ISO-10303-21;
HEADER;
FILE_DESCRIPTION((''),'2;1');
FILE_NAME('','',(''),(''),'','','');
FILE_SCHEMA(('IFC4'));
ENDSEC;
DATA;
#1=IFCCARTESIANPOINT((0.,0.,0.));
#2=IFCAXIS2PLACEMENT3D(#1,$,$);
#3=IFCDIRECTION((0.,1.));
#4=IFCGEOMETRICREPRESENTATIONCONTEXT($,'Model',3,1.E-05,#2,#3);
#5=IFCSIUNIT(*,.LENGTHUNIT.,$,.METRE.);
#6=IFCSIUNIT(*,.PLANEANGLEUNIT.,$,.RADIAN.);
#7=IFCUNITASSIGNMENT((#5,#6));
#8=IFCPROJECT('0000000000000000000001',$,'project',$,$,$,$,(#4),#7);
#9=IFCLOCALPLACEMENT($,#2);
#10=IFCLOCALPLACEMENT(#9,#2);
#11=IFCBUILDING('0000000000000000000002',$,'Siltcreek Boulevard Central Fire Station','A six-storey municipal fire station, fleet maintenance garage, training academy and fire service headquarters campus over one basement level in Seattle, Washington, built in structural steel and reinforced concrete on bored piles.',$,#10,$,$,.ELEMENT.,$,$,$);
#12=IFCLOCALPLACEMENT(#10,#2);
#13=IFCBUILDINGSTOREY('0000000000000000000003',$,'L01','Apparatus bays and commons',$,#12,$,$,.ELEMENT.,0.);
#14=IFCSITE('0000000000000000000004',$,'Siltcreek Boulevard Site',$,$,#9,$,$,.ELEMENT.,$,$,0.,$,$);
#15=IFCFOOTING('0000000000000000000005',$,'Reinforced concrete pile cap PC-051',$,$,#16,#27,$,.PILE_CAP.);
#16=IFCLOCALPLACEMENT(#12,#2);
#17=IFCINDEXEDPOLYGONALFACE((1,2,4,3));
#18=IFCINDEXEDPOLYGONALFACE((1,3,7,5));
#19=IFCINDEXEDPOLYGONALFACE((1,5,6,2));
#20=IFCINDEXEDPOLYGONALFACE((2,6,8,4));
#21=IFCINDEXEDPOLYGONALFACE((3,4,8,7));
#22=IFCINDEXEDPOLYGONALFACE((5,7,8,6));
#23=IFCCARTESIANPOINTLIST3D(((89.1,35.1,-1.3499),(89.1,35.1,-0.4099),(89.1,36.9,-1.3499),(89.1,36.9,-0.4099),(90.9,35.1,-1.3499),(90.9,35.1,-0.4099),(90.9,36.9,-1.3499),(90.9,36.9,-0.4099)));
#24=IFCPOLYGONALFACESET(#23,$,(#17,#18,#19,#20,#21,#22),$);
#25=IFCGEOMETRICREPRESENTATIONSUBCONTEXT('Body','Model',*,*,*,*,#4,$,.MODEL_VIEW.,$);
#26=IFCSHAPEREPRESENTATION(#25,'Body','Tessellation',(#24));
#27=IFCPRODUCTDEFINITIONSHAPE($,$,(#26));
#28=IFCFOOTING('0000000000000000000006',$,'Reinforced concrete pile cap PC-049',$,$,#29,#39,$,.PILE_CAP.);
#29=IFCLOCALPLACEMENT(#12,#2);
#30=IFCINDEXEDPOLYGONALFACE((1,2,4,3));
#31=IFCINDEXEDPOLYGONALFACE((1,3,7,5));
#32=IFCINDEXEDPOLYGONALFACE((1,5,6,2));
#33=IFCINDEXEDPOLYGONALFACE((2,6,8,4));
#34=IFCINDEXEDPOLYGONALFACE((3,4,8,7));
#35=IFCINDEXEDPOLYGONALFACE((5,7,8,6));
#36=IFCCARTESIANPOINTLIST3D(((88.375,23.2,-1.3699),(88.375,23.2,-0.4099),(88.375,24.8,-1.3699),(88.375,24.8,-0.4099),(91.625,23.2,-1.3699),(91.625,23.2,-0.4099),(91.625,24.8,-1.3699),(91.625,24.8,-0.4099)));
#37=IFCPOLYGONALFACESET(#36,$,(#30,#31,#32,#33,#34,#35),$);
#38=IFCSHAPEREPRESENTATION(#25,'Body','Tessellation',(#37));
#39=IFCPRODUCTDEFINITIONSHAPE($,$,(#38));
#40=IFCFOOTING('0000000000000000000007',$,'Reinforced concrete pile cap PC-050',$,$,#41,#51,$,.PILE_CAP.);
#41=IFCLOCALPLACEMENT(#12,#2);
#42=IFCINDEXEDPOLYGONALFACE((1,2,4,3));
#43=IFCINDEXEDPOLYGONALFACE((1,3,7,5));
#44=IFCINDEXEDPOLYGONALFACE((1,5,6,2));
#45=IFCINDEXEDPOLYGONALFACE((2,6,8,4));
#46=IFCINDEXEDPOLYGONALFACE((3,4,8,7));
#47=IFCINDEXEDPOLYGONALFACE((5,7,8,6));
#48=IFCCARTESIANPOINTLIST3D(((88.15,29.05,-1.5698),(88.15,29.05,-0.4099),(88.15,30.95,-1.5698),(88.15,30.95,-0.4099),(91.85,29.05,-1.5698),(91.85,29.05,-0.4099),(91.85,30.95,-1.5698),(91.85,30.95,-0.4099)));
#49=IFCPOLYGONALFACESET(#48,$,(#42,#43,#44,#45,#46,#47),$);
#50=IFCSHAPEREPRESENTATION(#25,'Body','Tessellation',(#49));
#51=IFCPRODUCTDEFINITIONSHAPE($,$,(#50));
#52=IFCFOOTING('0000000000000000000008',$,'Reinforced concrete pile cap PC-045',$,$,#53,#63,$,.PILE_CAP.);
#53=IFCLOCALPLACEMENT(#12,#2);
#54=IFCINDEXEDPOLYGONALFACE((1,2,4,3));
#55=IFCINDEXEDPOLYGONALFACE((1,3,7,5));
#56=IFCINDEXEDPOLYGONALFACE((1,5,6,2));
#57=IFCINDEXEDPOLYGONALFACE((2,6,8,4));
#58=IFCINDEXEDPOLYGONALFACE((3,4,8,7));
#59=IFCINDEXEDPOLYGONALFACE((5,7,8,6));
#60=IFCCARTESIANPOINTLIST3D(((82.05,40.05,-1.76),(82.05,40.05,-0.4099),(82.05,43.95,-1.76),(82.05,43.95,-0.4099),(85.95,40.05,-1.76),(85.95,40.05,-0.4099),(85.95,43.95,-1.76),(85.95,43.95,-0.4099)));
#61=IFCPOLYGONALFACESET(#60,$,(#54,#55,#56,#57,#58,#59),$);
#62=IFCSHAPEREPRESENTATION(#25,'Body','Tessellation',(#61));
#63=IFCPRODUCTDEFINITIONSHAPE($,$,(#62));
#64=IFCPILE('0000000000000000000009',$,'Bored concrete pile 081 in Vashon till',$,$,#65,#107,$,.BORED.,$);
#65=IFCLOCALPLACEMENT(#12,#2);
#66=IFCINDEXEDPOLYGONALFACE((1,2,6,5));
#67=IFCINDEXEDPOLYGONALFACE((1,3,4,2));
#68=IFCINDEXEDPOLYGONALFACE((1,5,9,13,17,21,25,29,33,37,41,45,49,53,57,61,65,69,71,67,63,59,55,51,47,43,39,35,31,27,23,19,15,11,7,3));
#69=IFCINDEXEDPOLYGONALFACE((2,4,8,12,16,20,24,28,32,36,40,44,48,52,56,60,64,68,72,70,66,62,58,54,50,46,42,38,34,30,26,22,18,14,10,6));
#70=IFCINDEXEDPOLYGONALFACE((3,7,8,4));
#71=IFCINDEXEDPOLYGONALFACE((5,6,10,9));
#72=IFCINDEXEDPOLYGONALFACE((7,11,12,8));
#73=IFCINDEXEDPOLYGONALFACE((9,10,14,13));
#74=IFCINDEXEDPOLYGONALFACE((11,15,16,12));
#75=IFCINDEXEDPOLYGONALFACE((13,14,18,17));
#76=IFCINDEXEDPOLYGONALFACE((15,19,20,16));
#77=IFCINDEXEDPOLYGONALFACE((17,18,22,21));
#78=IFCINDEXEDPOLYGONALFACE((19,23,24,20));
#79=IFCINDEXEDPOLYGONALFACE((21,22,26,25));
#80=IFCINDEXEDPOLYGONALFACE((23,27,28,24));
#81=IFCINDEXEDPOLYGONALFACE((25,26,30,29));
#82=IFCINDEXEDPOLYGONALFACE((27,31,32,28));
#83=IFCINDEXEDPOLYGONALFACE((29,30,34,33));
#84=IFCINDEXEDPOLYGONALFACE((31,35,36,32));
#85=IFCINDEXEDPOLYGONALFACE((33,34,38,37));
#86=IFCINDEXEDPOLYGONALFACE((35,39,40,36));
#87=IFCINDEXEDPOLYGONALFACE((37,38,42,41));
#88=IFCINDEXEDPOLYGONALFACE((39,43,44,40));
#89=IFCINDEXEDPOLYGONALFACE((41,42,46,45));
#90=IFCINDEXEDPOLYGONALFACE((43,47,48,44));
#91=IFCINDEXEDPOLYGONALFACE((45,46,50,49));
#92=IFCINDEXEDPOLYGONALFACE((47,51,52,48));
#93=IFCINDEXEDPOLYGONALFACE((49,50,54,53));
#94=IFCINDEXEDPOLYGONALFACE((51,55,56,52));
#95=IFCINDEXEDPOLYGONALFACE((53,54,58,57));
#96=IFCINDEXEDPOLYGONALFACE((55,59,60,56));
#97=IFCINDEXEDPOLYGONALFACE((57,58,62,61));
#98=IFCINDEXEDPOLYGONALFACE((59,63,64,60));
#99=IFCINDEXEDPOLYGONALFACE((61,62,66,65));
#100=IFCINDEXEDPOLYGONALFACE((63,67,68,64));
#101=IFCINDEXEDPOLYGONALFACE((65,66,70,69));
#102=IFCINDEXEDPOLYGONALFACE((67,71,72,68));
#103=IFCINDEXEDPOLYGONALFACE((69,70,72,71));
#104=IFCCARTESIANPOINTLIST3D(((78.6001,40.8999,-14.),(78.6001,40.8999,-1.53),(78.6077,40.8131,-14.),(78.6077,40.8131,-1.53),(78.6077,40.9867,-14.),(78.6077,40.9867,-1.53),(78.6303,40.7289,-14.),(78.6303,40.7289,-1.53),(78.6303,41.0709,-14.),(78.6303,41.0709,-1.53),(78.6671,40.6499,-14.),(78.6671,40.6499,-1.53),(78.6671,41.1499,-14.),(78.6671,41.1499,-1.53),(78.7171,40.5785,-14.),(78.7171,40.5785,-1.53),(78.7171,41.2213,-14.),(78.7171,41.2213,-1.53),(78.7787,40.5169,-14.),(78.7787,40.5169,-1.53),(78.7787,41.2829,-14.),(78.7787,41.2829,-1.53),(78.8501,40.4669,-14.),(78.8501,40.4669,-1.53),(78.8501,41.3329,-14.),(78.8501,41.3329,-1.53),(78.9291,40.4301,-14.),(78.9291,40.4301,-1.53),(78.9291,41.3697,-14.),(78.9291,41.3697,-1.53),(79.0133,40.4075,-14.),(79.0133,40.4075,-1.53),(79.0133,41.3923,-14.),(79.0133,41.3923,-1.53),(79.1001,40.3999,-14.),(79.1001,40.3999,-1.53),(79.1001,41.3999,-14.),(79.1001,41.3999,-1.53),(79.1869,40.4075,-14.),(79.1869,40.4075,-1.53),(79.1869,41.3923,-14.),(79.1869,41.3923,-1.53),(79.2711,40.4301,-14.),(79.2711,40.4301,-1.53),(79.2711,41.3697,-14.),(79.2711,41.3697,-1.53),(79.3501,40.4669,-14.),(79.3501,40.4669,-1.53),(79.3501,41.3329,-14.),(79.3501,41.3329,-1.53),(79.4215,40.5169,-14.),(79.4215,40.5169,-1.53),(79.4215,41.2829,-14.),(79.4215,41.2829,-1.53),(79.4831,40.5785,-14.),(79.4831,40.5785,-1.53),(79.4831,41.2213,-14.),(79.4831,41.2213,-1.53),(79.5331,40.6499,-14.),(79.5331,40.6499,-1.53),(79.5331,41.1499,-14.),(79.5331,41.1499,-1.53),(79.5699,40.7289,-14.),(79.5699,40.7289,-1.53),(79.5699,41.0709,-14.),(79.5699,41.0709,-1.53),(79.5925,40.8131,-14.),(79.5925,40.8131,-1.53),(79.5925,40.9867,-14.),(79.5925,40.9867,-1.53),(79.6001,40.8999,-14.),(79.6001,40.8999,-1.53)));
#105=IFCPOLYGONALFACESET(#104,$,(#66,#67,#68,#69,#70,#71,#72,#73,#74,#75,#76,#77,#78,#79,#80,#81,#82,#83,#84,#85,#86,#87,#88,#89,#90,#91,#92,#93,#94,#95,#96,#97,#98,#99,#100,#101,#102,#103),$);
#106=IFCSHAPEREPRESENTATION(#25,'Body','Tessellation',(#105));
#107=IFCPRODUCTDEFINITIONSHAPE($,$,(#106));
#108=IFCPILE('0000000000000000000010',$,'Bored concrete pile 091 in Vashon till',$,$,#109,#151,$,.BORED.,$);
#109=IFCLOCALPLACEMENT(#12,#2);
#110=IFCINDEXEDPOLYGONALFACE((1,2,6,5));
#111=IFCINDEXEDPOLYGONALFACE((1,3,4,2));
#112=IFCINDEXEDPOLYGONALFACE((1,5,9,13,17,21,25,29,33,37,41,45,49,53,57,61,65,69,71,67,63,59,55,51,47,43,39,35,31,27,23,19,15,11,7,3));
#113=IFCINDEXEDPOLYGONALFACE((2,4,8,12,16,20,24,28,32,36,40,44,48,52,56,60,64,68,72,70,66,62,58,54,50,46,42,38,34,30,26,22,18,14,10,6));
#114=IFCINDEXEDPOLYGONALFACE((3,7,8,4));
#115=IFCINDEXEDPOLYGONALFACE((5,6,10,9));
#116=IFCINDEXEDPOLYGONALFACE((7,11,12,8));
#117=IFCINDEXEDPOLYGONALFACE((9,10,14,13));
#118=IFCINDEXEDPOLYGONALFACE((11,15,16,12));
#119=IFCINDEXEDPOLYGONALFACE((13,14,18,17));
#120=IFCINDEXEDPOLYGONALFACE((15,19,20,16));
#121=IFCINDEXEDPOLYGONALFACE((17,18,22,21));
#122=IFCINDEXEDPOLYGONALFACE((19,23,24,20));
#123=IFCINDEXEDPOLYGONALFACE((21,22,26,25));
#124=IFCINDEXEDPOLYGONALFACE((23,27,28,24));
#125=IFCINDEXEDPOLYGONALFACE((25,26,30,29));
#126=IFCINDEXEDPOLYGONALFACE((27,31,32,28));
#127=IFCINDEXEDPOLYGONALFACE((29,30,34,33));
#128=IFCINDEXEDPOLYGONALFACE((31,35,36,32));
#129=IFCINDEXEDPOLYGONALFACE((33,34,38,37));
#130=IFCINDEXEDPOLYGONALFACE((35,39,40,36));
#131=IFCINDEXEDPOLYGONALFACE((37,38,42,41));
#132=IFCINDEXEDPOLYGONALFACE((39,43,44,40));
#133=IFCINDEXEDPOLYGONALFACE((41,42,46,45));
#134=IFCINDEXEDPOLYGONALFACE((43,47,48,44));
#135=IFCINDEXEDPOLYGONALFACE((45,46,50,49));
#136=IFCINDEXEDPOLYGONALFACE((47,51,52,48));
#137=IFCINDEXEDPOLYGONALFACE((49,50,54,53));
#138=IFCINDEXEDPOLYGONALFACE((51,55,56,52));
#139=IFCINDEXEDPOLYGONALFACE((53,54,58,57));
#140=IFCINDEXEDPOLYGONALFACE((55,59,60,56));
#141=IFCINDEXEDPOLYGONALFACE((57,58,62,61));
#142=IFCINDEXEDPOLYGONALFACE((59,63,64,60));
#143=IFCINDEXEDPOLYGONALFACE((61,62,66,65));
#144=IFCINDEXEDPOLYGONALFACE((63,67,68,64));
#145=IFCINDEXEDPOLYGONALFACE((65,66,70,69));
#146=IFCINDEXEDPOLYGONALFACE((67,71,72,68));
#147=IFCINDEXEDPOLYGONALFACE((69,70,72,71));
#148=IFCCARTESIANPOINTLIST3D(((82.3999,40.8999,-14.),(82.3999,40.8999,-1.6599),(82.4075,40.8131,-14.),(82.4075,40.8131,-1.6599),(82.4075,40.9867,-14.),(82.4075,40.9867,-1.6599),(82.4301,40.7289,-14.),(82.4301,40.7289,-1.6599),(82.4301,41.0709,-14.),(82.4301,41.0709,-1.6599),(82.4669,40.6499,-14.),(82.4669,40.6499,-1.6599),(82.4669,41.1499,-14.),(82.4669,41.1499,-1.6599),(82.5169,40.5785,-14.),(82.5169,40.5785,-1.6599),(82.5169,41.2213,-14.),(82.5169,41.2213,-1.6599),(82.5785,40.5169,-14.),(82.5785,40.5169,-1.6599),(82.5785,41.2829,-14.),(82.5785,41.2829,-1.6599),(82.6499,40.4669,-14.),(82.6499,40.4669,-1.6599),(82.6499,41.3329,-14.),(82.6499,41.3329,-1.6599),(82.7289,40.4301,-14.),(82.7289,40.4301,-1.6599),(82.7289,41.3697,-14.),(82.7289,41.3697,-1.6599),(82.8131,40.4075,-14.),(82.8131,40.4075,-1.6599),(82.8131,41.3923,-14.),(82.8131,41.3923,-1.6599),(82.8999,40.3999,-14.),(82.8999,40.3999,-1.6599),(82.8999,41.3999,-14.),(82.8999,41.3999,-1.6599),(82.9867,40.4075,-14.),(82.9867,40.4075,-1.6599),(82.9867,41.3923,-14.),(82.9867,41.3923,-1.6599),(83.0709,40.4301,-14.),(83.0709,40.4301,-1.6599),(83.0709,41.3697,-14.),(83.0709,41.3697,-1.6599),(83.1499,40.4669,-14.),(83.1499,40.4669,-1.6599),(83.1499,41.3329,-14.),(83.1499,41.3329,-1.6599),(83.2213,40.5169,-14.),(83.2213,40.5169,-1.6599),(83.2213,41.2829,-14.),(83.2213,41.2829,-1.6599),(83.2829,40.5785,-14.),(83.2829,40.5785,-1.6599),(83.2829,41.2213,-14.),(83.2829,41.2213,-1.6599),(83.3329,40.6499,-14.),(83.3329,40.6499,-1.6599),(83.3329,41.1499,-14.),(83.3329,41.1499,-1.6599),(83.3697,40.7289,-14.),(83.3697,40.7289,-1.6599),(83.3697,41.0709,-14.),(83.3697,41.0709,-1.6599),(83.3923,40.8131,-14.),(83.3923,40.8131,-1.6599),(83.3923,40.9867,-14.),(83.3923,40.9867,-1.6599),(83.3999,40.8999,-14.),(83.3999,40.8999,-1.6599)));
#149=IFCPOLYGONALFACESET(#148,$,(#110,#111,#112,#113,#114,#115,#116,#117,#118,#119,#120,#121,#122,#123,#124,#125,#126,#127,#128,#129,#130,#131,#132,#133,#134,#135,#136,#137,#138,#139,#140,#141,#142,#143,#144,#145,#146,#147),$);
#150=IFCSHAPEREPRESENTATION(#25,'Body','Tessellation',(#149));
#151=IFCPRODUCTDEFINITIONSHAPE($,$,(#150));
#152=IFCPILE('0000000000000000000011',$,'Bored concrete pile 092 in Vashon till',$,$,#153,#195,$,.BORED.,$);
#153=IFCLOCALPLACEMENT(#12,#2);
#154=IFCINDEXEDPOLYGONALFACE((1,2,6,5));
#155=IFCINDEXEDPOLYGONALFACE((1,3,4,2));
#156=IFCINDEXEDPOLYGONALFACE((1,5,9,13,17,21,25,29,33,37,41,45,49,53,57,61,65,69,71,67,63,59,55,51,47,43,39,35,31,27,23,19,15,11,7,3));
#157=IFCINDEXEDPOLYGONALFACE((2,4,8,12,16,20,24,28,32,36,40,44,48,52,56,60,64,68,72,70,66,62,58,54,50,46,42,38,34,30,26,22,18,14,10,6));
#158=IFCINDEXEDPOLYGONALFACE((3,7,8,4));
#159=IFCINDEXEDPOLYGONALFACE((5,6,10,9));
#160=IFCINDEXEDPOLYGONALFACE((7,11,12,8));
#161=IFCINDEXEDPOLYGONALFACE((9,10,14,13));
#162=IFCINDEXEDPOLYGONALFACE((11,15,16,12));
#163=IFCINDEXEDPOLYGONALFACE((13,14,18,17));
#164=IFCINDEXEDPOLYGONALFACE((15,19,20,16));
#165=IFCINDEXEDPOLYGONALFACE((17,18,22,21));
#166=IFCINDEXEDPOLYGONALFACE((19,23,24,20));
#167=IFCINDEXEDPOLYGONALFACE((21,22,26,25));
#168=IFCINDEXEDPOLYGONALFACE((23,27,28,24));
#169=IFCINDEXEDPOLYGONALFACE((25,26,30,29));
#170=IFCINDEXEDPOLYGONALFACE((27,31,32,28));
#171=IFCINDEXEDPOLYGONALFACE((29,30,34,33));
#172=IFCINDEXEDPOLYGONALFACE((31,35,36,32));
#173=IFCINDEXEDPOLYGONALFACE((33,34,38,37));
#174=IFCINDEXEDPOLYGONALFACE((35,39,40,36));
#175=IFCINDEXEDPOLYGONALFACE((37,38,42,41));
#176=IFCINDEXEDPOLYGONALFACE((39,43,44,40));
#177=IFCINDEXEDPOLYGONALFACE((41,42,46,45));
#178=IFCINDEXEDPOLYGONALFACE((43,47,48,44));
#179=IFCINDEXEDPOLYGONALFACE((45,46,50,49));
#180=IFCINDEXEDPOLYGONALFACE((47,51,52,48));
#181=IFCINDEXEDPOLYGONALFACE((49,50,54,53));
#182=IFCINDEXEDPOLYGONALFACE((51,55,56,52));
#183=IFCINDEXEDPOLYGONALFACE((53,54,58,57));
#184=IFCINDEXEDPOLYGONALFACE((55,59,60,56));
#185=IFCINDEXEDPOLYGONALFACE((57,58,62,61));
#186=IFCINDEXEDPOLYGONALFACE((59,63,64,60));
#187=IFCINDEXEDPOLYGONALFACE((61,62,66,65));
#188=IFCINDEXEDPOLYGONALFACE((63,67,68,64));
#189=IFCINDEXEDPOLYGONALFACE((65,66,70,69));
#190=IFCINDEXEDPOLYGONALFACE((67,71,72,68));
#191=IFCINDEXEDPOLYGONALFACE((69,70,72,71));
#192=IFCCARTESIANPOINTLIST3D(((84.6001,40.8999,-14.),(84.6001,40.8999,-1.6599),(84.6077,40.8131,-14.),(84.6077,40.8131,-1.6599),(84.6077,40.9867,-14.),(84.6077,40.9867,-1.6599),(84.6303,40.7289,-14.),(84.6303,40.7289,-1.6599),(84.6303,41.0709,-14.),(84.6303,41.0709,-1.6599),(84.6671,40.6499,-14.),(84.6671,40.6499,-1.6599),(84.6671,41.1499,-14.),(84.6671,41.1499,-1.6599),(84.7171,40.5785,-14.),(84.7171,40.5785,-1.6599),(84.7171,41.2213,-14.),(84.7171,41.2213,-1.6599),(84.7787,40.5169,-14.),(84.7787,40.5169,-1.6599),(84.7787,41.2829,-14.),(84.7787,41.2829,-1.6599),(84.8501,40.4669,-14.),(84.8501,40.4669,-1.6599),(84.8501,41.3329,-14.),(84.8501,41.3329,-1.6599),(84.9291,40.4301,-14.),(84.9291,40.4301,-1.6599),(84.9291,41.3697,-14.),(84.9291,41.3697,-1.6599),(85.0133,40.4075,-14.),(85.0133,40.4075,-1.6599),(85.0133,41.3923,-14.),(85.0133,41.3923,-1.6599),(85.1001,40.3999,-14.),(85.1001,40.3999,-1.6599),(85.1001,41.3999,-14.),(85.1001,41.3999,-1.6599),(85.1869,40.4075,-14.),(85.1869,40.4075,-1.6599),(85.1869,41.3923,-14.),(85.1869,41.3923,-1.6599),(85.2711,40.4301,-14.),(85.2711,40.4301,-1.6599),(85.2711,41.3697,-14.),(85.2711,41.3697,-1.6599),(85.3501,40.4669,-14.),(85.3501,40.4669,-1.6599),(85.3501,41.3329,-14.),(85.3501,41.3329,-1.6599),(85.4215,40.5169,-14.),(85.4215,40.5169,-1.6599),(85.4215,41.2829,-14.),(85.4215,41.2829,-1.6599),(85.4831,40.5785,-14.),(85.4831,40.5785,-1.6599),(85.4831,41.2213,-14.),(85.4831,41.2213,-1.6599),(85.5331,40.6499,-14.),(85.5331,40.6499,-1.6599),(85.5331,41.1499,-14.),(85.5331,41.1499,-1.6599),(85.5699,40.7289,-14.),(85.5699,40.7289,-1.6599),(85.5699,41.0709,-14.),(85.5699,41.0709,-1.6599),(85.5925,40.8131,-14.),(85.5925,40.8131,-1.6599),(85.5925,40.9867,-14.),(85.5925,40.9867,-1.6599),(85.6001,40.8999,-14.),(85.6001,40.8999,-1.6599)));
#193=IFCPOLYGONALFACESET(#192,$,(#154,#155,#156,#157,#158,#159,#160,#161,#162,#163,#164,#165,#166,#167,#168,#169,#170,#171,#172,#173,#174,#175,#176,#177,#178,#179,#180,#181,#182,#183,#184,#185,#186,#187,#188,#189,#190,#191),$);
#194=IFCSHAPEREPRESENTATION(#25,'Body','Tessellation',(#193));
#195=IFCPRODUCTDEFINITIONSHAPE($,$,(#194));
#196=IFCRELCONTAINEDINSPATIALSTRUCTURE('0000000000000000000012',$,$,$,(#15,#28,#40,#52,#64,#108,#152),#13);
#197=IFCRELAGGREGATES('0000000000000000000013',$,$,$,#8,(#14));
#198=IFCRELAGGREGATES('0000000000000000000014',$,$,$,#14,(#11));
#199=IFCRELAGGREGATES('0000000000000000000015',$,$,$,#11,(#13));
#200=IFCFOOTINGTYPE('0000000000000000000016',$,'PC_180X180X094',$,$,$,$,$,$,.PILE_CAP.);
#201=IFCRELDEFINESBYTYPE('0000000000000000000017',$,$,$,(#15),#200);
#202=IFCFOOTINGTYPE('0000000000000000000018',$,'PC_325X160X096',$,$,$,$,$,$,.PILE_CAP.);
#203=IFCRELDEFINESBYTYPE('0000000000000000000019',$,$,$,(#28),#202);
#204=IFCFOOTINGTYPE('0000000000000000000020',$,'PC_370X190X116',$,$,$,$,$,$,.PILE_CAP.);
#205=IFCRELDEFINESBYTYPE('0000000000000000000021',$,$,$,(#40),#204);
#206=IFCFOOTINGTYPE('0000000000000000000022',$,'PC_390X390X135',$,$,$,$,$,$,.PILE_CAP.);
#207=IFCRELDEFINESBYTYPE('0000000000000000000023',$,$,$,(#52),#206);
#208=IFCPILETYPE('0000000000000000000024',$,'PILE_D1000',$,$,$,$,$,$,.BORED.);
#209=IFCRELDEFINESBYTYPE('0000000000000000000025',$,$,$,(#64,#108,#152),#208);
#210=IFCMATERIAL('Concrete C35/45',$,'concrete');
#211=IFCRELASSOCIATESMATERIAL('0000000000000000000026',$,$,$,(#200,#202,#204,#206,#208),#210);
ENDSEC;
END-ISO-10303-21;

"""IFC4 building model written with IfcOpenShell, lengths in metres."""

from ifc_helpers import new_model, si_unit, direction, frame, origin, origin_2d, place, context, subcontext, project, spatial, rectangle, circle, extrude, material, material_profile, profile_set, type_object, element, save


model = new_model("IFC4")

# Units and contexts
model_context = context("Model", 3, precision=1e-05, world=origin(), true_north=direction((0.0, 1.0)))
body_context = subcontext(model_context, "Body", "Model", "MODEL_VIEW")
ifc_project = project(units=[si_unit("LENGTHUNIT", "METRE"), si_unit("PLANEANGLEUNIT", "RADIAN")], contexts=[model_context])

# Site, building, storey
site_placement = place(None, origin())
site = spatial("IfcSite", under=ifc_project, at=site_placement, Name="Siltcreek Boulevard Site", CompositionType="ELEMENT", RefElevation=0.0)
building_placement = place(site_placement, origin())
building = spatial("IfcBuilding", under=site, at=building_placement, Name="Siltcreek Boulevard Central Fire Station", Description="A six-storey municipal fire station, fleet maintenance garage, training academy and fire service headquarters campus over one basement level in Seattle, Washington, built in structural steel and reinforced concrete on bored piles.", CompositionType="ELEMENT")
storey_placement = place(building_placement, origin())
storey = spatial("IfcBuildingStorey", under=building, at=storey_placement, Name="L01", Description="Apparatus bays and commons", CompositionType="ELEMENT", Elevation=0.0)

# Footings
ifc_material_1 = material(Name="Concrete C35/45", Category="concrete")
footing_type_1 = type_object("IfcFootingType", Name="PC_180X180X094", PredefinedType="PILE_CAP", material=ifc_material_1)
footing_1_placement = place(storey_placement, frame((90.0, 36.0, -1.3499), z_axis=(0.0, 0.0, 1.0), x_axis=(1.0, 0.0, 0.0)))
element("IfcFooting", 1, at=footing_1_placement, inside=storey, type_object=footing_type_1, Name="Reinforced concrete pile cap PC-051", PredefinedType="PILE_CAP", context=body_context, shape_type="SweptSolid", body=[
    extrude(rectangle(XDim=1.8, YDim=1.8, at=origin_2d()), origin(), (0.0, 0.0, 1.0), 0.9399),
])
footing_type_2 = type_object("IfcFootingType", Name="PC_325X160X096", PredefinedType="PILE_CAP", material=ifc_material_1)
footing_2_placement = place(storey_placement, frame((90.0, 24.0, -1.3699), z_axis=(0.0, 0.0, 1.0), x_axis=(1.0, 0.0, 0.0)))
element("IfcFooting", 2, at=footing_2_placement, inside=storey, type_object=footing_type_2, Name="Reinforced concrete pile cap PC-049", PredefinedType="PILE_CAP", context=body_context, shape_type="SweptSolid", body=[
    extrude(rectangle(XDim=3.25, YDim=1.6001, at=origin_2d()), origin(), (0.0, 0.0, 1.0), 0.96),
])
footing_type_3 = type_object("IfcFootingType", Name="PC_370X190X116", PredefinedType="PILE_CAP", material=ifc_material_1)
footing_3_placement = place(storey_placement, frame((90.0, 30.0, -1.5698), z_axis=(0.0, 0.0, 1.0), x_axis=(1.0, 0.0, 0.0)))
element("IfcFooting", 3, at=footing_3_placement, inside=storey, type_object=footing_type_3, Name="Reinforced concrete pile cap PC-050", PredefinedType="PILE_CAP", context=body_context, shape_type="SweptSolid", body=[
    extrude(rectangle(XDim=3.7, YDim=1.8999, at=origin_2d()), origin(), (0.0, 0.0, 1.0), 1.1599),
])
footing_type_4 = type_object("IfcFootingType", Name="PC_390X390X135", PredefinedType="PILE_CAP", material=ifc_material_1)
footing_4_placement = place(storey_placement, frame((84.0, 42.0, -1.76), z_axis=(0.0, 0.0, 1.0), x_axis=(1.0, 0.0, 0.0)))
element("IfcFooting", 4, at=footing_4_placement, inside=storey, type_object=footing_type_4, Name="Reinforced concrete pile cap PC-045", PredefinedType="PILE_CAP", context=body_context, shape_type="SweptSolid", body=[
    extrude(rectangle(XDim=3.8999, YDim=3.8999, at=origin_2d()), origin(), (0.0, 0.0, 1.0), 1.3501),
])

# Piles
ifc_material_profile_1 = material_profile(ifc_material_1, circle(Radius=0.5, at=origin_2d()), Name="SHAFT1000")
ifc_profile_set_1 = profile_set([ifc_material_profile_1], Name="Concrete C35/45")
pile_type_1 = type_object("IfcPileType", Name="PILE_D1000", PredefinedType="BORED", material=ifc_profile_set_1)
pile_1_placement = place(storey_placement, frame((79.1001, 40.8999, -1.53), z_axis=(0.0, 0.0, -1.0), x_axis=(1.0, 0.0, 0.0)))
element("IfcPile", 5, at=pile_1_placement, inside=storey, type_object=pile_type_1, Name="Bored concrete pile 081 in Vashon till", PredefinedType="BORED", context=body_context, shape_type="SweptSolid", body=[
    extrude(circle(Radius=0.5, at=origin_2d()), origin(), (0.0, 0.0, 1.0), 12.47),
])
for number, where, z_axis, x_axis, name in (
    (6, (82.8999, 40.8999, -1.6599), (0.0, 0.0, -1.0), (1.0, 0.0, 0.0), "Bored concrete pile 091 in Vashon till"),
    (7, (85.1001, 40.8999, -1.6599), (0.0, 0.0, -1.0), (1.0, 0.0, 0.0), "Bored concrete pile 092 in Vashon till"),
):
    element("IfcPile", number, at=place(storey_placement, frame(where, z_axis=z_axis, x_axis=x_axis)), inside=storey, type_object=pile_type_1, Name=name, PredefinedType="BORED", context=body_context, shape_type="SweptSolid", body=[
        extrude(circle(Radius=0.5, at=origin_2d()), origin(), (0.0, 0.0, 1.0), 12.3401),
    ])

save(model, "model.ifc")
